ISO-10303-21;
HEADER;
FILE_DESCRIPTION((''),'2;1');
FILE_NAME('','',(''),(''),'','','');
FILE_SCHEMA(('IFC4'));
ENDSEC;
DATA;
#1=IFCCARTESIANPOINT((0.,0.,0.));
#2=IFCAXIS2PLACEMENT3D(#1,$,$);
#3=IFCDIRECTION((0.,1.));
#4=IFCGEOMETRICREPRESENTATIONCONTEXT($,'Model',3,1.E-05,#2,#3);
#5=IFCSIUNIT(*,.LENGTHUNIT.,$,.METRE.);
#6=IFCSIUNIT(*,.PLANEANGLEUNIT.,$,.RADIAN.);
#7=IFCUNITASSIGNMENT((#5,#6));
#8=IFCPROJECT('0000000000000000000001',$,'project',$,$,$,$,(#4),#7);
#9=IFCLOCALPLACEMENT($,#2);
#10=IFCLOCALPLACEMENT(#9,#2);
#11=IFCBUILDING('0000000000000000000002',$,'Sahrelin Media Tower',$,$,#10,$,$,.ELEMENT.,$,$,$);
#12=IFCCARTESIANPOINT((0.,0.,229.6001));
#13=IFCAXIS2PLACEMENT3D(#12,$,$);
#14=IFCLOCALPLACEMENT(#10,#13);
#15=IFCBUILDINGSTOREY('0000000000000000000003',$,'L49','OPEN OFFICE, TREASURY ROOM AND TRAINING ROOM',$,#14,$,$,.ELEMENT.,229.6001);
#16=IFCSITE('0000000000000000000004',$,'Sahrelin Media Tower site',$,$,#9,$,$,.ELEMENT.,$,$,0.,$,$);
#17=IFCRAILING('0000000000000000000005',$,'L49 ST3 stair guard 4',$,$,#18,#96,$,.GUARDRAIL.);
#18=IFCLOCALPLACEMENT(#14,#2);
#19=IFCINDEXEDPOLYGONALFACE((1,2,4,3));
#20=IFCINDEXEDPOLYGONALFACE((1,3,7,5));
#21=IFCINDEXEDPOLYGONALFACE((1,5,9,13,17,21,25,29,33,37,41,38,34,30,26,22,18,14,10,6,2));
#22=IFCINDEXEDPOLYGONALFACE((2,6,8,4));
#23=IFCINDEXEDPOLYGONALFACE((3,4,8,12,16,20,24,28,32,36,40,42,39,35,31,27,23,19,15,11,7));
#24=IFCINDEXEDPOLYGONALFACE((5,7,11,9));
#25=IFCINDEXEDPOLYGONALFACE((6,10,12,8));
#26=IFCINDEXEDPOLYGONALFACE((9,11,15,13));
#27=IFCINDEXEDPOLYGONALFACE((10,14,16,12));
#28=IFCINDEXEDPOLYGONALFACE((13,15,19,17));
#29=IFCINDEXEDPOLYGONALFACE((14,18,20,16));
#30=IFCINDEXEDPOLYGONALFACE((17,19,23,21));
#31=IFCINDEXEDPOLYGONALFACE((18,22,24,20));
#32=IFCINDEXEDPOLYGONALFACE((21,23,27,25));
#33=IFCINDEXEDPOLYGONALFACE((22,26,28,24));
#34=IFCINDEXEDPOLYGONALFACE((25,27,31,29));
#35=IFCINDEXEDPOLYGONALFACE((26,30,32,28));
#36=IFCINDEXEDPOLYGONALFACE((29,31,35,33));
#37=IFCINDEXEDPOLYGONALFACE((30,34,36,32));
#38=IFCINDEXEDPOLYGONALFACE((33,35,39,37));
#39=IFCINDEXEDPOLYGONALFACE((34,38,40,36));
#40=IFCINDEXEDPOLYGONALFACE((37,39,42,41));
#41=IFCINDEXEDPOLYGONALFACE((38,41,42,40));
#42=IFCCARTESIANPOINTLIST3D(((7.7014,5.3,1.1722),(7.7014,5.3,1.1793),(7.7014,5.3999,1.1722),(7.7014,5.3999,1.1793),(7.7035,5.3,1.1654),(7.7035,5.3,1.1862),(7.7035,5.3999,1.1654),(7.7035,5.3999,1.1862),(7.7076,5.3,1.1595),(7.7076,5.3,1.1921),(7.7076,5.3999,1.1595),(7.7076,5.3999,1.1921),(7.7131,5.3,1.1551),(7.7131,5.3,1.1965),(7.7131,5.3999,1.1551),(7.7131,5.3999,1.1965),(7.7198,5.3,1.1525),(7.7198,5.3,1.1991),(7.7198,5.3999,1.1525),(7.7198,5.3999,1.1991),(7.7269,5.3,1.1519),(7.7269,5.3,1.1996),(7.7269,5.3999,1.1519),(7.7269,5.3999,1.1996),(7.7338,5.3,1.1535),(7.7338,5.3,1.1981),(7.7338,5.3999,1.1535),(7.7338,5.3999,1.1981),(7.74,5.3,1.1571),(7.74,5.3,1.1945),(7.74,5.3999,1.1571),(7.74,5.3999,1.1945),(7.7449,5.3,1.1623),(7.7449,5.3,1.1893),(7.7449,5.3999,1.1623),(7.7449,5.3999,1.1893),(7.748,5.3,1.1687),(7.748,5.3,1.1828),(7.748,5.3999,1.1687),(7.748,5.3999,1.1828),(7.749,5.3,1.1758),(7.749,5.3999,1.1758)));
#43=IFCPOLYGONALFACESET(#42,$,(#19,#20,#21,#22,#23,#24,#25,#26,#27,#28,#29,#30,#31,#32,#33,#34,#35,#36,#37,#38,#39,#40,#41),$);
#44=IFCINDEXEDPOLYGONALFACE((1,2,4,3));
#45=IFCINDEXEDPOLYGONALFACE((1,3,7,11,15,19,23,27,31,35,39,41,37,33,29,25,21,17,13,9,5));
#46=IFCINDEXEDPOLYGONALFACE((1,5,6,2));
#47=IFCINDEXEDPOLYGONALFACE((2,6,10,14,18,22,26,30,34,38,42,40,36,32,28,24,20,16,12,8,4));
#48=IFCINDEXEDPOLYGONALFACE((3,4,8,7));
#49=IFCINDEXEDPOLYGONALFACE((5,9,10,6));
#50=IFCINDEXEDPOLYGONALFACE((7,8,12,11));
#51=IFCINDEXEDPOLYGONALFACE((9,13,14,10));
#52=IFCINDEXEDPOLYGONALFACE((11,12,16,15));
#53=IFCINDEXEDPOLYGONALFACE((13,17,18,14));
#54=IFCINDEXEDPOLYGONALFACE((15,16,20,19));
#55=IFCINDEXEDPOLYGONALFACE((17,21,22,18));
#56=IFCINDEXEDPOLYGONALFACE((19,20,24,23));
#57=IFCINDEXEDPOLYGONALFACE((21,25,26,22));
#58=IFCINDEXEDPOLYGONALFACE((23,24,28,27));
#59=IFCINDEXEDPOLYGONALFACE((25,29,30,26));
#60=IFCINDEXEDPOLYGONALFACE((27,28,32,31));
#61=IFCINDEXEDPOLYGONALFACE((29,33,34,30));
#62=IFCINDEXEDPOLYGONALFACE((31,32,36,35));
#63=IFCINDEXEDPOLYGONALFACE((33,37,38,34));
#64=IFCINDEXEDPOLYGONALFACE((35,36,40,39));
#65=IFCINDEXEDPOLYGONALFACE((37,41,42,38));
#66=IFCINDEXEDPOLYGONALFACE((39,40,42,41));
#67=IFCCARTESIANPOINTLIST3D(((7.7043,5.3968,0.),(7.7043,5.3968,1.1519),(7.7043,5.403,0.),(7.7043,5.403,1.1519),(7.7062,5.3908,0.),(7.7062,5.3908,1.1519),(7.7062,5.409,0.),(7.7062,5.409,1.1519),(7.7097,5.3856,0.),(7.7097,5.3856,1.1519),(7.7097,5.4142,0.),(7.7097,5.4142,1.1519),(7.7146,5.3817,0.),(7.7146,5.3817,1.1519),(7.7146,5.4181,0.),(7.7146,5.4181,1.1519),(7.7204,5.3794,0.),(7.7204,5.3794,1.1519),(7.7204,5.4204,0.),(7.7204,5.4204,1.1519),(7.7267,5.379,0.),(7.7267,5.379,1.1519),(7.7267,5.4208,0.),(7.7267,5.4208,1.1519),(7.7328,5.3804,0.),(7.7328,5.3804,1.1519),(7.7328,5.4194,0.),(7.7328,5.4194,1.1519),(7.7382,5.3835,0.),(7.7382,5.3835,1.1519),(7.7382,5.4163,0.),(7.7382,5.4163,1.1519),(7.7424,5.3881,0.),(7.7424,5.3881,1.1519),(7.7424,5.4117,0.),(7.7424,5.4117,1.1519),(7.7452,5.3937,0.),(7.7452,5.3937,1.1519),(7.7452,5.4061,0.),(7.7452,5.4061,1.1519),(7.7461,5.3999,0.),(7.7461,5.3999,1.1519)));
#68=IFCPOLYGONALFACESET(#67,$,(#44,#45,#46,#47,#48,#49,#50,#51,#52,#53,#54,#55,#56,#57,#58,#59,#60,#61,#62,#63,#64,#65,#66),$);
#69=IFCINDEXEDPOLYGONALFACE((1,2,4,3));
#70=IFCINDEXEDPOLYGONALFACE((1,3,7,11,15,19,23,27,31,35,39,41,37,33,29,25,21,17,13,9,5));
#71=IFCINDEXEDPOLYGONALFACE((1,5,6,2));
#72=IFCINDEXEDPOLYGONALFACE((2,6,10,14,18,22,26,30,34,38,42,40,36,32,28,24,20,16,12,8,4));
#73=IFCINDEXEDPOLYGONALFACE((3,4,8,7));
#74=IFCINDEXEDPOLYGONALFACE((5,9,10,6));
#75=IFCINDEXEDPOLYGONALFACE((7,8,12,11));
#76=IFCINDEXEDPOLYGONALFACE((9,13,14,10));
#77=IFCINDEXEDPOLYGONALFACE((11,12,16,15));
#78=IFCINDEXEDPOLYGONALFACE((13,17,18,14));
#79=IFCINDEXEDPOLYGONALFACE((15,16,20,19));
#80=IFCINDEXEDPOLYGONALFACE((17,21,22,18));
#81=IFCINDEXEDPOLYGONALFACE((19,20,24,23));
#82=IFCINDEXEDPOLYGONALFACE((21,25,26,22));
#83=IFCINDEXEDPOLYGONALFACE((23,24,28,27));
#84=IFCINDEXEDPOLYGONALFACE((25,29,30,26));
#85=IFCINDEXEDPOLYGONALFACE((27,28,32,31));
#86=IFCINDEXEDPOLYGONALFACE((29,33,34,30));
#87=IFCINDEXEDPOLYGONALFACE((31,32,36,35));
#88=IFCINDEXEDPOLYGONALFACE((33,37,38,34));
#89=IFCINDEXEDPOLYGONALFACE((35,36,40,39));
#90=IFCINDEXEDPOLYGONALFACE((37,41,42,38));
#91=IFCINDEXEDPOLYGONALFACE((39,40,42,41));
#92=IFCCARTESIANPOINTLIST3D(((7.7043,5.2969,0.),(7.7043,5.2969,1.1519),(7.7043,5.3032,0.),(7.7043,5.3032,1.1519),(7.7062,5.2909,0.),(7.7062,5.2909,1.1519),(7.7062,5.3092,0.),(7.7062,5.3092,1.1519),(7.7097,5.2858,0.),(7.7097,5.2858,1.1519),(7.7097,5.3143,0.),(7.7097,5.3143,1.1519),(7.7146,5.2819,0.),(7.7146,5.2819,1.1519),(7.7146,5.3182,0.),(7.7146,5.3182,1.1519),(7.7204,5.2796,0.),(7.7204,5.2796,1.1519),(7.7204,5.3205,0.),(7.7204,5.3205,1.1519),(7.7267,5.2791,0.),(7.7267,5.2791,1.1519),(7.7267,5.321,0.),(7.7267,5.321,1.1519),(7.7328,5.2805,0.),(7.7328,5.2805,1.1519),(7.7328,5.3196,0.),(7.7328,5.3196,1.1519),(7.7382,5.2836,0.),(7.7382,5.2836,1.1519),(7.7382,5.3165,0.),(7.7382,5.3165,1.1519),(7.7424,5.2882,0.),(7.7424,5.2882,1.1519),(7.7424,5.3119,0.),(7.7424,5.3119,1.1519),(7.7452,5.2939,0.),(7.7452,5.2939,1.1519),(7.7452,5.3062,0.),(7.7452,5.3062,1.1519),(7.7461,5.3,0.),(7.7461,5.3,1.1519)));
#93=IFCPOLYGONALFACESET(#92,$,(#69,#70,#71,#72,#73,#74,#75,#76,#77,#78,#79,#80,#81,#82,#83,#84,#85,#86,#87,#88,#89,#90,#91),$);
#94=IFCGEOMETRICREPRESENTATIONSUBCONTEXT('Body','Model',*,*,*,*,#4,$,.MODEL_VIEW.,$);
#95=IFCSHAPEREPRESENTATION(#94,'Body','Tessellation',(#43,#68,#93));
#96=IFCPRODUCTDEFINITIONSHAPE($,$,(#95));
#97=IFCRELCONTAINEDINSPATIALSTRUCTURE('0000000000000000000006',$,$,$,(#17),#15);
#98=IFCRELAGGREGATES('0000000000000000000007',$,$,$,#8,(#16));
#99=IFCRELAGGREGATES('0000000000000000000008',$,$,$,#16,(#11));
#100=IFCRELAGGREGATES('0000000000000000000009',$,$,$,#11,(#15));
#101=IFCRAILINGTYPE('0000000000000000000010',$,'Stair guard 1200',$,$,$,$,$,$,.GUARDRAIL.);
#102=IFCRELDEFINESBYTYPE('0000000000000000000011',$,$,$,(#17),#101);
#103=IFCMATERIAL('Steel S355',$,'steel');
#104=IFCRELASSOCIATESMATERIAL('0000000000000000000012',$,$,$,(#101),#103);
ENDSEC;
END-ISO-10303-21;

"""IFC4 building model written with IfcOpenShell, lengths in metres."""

from ifc_helpers import new_model, si_unit, direction, frame, origin, origin_2d, place, context, subcontext, project, spatial, circle, extrude, material, type_object, element, save


model = new_model("IFC4")

# Units and contexts
model_context = context("Model", 3, precision=1e-05, world=origin(), true_north=direction((0.0, 1.0)))
body_context = subcontext(model_context, "Body", "Model", "MODEL_VIEW")
ifc_project = project(units=[si_unit("LENGTHUNIT", "METRE"), si_unit("PLANEANGLEUNIT", "RADIAN")], contexts=[model_context])

# Site, building, storey
site_placement = place(None, origin())
site = spatial("IfcSite", under=ifc_project, at=site_placement, Name="Sahrelin Media Tower site", CompositionType="ELEMENT", RefElevation=0.0)
building_placement = place(site_placement, origin())
building = spatial("IfcBuilding", under=site, at=building_placement, Name="Sahrelin Media Tower", CompositionType="ELEMENT")
storey_placement = place(building_placement, frame((0.0, 0.0, 229.6001)))
storey = spatial("IfcBuildingStorey", under=building, at=storey_placement, Name="L49", Description="OPEN OFFICE, TREASURY ROOM AND TRAINING ROOM", CompositionType="ELEMENT", Elevation=229.6001)

# Shared definitions
ifc_material_1 = material(Name="Steel S355", Category="steel")

# Railing
railing_type_1 = type_object("IfcRailingType", Name="Stair guard 1200", PredefinedType="GUARDRAIL", material=ifc_material_1)
railing_1_placement = place(storey_placement, frame((7.7251, 5.3999, 0.0)))
element("IfcRailing", 1, at=railing_1_placement, inside=storey, type_object=railing_type_1, Name="L49 ST3 stair guard 4", PredefinedType="GUARDRAIL", context=body_context, shape_type="SweptSolid", body=[
    extrude(circle(Radius=0.0239, at=origin_2d()), frame((0.0, 0.0, 1.1758), z_axis=(0.0, -1.0, 0.0), x_axis=(1.0, 0.0, 0.0)), (0.0, 0.0, 1.0), 0.0999),
    extrude(circle(Radius=0.021, at=origin_2d()), origin(), (0.0, 0.0, 1.0), 1.1519),
    extrude(circle(Radius=0.021, at=origin_2d()), frame((0.0, -0.0999, 0.0)), (0.0, 0.0, 1.0), 1.1519),
])

save(model, "model.ifc")
